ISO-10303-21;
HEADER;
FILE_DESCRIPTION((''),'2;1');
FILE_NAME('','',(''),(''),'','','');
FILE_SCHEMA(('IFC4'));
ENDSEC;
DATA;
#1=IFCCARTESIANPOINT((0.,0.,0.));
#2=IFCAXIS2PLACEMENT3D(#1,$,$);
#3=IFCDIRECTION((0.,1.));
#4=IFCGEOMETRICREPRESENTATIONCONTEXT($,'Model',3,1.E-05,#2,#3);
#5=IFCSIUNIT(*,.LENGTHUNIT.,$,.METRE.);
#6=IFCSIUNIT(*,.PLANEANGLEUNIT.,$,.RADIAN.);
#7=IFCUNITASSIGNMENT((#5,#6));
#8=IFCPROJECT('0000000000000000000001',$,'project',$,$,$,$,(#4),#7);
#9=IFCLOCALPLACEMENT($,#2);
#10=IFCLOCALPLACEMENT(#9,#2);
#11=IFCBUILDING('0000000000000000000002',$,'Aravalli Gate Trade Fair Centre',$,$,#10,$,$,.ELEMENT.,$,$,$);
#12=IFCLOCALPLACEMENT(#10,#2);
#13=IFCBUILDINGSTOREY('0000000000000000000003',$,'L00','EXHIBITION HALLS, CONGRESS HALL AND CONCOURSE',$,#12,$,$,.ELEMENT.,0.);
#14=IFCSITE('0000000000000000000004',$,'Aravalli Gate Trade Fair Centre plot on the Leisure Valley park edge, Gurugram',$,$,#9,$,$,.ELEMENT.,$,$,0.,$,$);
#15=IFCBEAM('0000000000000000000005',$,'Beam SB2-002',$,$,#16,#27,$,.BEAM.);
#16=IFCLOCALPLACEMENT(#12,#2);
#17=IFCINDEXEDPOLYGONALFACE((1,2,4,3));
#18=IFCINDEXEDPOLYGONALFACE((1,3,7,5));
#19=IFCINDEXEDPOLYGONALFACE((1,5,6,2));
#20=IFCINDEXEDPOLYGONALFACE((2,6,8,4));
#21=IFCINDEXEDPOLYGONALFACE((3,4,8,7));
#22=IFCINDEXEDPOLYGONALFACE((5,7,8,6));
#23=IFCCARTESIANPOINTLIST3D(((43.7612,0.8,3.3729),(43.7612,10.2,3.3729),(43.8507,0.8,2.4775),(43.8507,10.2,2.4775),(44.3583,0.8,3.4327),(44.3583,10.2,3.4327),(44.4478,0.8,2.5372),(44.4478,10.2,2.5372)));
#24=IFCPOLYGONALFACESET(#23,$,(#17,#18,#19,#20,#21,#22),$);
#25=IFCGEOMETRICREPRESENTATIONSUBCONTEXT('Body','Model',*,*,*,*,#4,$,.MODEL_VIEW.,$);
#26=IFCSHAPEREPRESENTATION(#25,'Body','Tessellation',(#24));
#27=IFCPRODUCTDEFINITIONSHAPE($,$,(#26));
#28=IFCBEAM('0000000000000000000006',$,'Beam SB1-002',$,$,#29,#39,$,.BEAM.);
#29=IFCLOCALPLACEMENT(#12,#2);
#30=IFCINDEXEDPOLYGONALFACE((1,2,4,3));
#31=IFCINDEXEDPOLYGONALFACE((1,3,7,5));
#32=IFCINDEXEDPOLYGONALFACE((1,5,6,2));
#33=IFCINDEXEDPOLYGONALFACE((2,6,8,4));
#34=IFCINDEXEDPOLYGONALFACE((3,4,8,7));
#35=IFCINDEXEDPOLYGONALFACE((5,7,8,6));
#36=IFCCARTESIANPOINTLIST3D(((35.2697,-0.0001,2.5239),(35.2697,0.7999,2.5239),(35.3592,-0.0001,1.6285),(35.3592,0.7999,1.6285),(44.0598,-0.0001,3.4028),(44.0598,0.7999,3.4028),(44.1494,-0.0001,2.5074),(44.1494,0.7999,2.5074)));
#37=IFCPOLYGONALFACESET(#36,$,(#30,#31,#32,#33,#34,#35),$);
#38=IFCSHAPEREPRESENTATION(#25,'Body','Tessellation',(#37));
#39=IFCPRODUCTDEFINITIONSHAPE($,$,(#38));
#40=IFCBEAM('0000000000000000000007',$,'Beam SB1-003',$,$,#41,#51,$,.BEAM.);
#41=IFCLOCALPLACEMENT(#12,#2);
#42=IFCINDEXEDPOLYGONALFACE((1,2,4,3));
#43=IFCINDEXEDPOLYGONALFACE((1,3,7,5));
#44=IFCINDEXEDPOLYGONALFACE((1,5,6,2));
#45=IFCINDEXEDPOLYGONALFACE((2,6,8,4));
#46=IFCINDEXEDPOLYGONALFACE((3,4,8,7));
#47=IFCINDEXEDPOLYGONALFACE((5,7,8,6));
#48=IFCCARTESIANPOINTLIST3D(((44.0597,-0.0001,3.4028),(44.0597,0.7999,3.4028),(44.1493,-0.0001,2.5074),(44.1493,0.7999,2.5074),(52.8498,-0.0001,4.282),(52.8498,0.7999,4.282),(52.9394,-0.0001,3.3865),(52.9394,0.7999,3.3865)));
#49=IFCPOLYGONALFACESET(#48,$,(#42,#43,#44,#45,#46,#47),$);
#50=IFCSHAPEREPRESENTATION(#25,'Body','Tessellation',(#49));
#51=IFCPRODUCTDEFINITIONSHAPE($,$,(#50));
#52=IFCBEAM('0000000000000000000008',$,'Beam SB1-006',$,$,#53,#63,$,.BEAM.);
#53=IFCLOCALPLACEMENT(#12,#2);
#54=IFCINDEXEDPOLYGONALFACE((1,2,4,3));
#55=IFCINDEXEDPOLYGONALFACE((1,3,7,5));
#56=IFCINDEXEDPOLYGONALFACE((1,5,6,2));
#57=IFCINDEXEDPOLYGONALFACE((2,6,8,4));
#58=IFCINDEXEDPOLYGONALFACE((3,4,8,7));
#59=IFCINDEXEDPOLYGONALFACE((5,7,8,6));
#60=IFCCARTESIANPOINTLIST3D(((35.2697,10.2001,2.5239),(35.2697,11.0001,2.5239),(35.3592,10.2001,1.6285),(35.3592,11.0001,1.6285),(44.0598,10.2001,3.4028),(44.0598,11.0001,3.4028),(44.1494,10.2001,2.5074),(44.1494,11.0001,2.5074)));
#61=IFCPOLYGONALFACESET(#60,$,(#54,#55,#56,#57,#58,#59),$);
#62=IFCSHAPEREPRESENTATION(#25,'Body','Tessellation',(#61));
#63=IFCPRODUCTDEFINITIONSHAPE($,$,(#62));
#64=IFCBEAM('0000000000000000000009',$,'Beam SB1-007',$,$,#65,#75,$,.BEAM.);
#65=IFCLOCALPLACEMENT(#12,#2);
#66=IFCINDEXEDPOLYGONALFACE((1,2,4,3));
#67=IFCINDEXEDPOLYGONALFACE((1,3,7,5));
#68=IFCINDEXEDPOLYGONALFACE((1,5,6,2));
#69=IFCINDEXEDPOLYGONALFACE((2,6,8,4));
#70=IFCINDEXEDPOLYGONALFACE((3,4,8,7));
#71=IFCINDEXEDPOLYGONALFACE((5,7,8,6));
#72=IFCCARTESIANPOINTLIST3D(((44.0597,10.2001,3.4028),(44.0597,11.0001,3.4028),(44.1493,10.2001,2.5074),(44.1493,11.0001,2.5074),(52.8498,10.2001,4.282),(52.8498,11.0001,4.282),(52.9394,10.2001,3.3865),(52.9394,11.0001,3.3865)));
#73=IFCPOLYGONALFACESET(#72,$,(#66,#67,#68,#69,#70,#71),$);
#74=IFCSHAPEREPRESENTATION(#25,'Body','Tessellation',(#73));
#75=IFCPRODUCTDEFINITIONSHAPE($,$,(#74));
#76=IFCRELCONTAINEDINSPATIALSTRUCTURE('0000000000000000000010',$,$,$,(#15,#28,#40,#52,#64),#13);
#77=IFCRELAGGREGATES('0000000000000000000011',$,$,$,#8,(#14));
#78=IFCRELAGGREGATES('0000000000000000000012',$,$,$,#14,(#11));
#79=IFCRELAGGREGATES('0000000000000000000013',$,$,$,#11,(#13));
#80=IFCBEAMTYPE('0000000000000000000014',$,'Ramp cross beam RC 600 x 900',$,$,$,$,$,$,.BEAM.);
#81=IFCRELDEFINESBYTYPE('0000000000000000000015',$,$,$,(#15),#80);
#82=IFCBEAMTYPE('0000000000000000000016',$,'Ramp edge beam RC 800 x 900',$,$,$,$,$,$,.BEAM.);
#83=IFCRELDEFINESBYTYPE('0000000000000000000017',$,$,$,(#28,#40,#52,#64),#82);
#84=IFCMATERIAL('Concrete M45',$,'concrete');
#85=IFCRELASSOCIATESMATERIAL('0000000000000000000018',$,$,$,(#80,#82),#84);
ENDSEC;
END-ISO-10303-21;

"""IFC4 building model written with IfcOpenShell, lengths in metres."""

from ifc_helpers import new_model, si_unit, direction, frame, origin, origin_2d, place, context, subcontext, project, spatial, rectangle, extrude, material, material_profile, profile_set, type_object, element, save


model = new_model("IFC4")

# Units and contexts
model_context = context("Model", 3, precision=1e-05, world=origin(), true_north=direction((0.0, 1.0)))
body_context = subcontext(model_context, "Body", "Model", "MODEL_VIEW")
ifc_project = project(units=[si_unit("LENGTHUNIT", "METRE"), si_unit("PLANEANGLEUNIT", "RADIAN")], contexts=[model_context])

# Site, building, storey
site_placement = place(None, origin())
site = spatial("IfcSite", under=ifc_project, at=site_placement, Name="Aravalli Gate Trade Fair Centre plot on the Leisure Valley park edge, Gurugram", CompositionType="ELEMENT", RefElevation=0.0)
building_placement = place(site_placement, origin())
building = spatial("IfcBuilding", under=site, at=building_placement, Name="Aravalli Gate Trade Fair Centre", CompositionType="ELEMENT")
storey_placement = place(building_placement, origin())
storey = spatial("IfcBuildingStorey", under=building, at=storey_placement, Name="L00", Description="EXHIBITION HALLS, CONGRESS HALL AND CONCOURSE", CompositionType="ELEMENT", Elevation=0.0)

# Shared definitions
ifc_material = material(Name="Concrete M45", Category="concrete")

# Beams
ifc_material_profile_1 = material_profile(ifc_material, rectangle(XDim=0.6001, YDim=0.8999, at=origin_2d()), Name="Ramp cross beam RC 600 x 900")
ifc_profile_set_1 = profile_set([ifc_material_profile_1], Name="Concrete M45")
beam_type_1 = type_object("IfcBeamType", Name="Ramp cross beam RC 600 x 900", PredefinedType="BEAM", material=ifc_profile_set_1)
for number, where, z_axis, x_axis, name in (
    (1, (44.1045, 0.8, 2.9551), (0.0, 1.0, 0.0), (-0.995037, 0.0, -0.099504), "Beam SB2-002"),
):
    element("IfcBeam", number, at=place(storey_placement, frame(where, z_axis=z_axis, x_axis=x_axis)), inside=storey, type_object=beam_type_1, Name=name, PredefinedType="BEAM", context=body_context, shape_type="SweptSolid", body=[
        extrude(rectangle(XDim=0.6001, YDim=0.8999, at=origin_2d()), origin(), (0.0, 0.0, 1.0), 9.3999),
    ])
ifc_material_profile_2 = material_profile(ifc_material, rectangle(XDim=0.8, YDim=0.8999, at=origin_2d()), Name="Ramp edge beam RC 800 x 900")
ifc_profile_set_2 = profile_set([ifc_material_profile_2], Name="Concrete M45")
beam_type_2 = type_object("IfcBeamType", Name="Ramp edge beam RC 800 x 900", PredefinedType="BEAM", material=ifc_profile_set_2)
for number, where, z_axis, x_axis, name in (
    (2, (35.3145, 0.3999, 2.0762), (0.995038, 0.0, 0.099493), (0.0, 1.0, 0.0), "Beam SB1-002"),
    (3, (44.1045, 0.3999, 2.9551), (0.995036, 0.0, 0.09952), (0.0, 1.0, 0.0), "Beam SB1-003"),
    (4, (35.3145, 10.6001, 2.0762), (0.995038, 0.0, 0.099493), (0.0, 1.0, 0.0), "Beam SB1-006"),
    (5, (44.1045, 10.6001, 2.9551), (0.995036, 0.0, 0.09952), (0.0, 1.0, 0.0), "Beam SB1-007"),
):
    element("IfcBeam", number, at=place(storey_placement, frame(where, z_axis=z_axis, x_axis=x_axis)), inside=storey, type_object=beam_type_2, Name=name, PredefinedType="BEAM", context=body_context, shape_type="SweptSolid", body=[
        extrude(rectangle(XDim=0.8, YDim=0.8999, at=origin_2d()), origin(), (0.0, 0.0, 1.0), 8.834),
    ])

save(model, "model.ifc")
